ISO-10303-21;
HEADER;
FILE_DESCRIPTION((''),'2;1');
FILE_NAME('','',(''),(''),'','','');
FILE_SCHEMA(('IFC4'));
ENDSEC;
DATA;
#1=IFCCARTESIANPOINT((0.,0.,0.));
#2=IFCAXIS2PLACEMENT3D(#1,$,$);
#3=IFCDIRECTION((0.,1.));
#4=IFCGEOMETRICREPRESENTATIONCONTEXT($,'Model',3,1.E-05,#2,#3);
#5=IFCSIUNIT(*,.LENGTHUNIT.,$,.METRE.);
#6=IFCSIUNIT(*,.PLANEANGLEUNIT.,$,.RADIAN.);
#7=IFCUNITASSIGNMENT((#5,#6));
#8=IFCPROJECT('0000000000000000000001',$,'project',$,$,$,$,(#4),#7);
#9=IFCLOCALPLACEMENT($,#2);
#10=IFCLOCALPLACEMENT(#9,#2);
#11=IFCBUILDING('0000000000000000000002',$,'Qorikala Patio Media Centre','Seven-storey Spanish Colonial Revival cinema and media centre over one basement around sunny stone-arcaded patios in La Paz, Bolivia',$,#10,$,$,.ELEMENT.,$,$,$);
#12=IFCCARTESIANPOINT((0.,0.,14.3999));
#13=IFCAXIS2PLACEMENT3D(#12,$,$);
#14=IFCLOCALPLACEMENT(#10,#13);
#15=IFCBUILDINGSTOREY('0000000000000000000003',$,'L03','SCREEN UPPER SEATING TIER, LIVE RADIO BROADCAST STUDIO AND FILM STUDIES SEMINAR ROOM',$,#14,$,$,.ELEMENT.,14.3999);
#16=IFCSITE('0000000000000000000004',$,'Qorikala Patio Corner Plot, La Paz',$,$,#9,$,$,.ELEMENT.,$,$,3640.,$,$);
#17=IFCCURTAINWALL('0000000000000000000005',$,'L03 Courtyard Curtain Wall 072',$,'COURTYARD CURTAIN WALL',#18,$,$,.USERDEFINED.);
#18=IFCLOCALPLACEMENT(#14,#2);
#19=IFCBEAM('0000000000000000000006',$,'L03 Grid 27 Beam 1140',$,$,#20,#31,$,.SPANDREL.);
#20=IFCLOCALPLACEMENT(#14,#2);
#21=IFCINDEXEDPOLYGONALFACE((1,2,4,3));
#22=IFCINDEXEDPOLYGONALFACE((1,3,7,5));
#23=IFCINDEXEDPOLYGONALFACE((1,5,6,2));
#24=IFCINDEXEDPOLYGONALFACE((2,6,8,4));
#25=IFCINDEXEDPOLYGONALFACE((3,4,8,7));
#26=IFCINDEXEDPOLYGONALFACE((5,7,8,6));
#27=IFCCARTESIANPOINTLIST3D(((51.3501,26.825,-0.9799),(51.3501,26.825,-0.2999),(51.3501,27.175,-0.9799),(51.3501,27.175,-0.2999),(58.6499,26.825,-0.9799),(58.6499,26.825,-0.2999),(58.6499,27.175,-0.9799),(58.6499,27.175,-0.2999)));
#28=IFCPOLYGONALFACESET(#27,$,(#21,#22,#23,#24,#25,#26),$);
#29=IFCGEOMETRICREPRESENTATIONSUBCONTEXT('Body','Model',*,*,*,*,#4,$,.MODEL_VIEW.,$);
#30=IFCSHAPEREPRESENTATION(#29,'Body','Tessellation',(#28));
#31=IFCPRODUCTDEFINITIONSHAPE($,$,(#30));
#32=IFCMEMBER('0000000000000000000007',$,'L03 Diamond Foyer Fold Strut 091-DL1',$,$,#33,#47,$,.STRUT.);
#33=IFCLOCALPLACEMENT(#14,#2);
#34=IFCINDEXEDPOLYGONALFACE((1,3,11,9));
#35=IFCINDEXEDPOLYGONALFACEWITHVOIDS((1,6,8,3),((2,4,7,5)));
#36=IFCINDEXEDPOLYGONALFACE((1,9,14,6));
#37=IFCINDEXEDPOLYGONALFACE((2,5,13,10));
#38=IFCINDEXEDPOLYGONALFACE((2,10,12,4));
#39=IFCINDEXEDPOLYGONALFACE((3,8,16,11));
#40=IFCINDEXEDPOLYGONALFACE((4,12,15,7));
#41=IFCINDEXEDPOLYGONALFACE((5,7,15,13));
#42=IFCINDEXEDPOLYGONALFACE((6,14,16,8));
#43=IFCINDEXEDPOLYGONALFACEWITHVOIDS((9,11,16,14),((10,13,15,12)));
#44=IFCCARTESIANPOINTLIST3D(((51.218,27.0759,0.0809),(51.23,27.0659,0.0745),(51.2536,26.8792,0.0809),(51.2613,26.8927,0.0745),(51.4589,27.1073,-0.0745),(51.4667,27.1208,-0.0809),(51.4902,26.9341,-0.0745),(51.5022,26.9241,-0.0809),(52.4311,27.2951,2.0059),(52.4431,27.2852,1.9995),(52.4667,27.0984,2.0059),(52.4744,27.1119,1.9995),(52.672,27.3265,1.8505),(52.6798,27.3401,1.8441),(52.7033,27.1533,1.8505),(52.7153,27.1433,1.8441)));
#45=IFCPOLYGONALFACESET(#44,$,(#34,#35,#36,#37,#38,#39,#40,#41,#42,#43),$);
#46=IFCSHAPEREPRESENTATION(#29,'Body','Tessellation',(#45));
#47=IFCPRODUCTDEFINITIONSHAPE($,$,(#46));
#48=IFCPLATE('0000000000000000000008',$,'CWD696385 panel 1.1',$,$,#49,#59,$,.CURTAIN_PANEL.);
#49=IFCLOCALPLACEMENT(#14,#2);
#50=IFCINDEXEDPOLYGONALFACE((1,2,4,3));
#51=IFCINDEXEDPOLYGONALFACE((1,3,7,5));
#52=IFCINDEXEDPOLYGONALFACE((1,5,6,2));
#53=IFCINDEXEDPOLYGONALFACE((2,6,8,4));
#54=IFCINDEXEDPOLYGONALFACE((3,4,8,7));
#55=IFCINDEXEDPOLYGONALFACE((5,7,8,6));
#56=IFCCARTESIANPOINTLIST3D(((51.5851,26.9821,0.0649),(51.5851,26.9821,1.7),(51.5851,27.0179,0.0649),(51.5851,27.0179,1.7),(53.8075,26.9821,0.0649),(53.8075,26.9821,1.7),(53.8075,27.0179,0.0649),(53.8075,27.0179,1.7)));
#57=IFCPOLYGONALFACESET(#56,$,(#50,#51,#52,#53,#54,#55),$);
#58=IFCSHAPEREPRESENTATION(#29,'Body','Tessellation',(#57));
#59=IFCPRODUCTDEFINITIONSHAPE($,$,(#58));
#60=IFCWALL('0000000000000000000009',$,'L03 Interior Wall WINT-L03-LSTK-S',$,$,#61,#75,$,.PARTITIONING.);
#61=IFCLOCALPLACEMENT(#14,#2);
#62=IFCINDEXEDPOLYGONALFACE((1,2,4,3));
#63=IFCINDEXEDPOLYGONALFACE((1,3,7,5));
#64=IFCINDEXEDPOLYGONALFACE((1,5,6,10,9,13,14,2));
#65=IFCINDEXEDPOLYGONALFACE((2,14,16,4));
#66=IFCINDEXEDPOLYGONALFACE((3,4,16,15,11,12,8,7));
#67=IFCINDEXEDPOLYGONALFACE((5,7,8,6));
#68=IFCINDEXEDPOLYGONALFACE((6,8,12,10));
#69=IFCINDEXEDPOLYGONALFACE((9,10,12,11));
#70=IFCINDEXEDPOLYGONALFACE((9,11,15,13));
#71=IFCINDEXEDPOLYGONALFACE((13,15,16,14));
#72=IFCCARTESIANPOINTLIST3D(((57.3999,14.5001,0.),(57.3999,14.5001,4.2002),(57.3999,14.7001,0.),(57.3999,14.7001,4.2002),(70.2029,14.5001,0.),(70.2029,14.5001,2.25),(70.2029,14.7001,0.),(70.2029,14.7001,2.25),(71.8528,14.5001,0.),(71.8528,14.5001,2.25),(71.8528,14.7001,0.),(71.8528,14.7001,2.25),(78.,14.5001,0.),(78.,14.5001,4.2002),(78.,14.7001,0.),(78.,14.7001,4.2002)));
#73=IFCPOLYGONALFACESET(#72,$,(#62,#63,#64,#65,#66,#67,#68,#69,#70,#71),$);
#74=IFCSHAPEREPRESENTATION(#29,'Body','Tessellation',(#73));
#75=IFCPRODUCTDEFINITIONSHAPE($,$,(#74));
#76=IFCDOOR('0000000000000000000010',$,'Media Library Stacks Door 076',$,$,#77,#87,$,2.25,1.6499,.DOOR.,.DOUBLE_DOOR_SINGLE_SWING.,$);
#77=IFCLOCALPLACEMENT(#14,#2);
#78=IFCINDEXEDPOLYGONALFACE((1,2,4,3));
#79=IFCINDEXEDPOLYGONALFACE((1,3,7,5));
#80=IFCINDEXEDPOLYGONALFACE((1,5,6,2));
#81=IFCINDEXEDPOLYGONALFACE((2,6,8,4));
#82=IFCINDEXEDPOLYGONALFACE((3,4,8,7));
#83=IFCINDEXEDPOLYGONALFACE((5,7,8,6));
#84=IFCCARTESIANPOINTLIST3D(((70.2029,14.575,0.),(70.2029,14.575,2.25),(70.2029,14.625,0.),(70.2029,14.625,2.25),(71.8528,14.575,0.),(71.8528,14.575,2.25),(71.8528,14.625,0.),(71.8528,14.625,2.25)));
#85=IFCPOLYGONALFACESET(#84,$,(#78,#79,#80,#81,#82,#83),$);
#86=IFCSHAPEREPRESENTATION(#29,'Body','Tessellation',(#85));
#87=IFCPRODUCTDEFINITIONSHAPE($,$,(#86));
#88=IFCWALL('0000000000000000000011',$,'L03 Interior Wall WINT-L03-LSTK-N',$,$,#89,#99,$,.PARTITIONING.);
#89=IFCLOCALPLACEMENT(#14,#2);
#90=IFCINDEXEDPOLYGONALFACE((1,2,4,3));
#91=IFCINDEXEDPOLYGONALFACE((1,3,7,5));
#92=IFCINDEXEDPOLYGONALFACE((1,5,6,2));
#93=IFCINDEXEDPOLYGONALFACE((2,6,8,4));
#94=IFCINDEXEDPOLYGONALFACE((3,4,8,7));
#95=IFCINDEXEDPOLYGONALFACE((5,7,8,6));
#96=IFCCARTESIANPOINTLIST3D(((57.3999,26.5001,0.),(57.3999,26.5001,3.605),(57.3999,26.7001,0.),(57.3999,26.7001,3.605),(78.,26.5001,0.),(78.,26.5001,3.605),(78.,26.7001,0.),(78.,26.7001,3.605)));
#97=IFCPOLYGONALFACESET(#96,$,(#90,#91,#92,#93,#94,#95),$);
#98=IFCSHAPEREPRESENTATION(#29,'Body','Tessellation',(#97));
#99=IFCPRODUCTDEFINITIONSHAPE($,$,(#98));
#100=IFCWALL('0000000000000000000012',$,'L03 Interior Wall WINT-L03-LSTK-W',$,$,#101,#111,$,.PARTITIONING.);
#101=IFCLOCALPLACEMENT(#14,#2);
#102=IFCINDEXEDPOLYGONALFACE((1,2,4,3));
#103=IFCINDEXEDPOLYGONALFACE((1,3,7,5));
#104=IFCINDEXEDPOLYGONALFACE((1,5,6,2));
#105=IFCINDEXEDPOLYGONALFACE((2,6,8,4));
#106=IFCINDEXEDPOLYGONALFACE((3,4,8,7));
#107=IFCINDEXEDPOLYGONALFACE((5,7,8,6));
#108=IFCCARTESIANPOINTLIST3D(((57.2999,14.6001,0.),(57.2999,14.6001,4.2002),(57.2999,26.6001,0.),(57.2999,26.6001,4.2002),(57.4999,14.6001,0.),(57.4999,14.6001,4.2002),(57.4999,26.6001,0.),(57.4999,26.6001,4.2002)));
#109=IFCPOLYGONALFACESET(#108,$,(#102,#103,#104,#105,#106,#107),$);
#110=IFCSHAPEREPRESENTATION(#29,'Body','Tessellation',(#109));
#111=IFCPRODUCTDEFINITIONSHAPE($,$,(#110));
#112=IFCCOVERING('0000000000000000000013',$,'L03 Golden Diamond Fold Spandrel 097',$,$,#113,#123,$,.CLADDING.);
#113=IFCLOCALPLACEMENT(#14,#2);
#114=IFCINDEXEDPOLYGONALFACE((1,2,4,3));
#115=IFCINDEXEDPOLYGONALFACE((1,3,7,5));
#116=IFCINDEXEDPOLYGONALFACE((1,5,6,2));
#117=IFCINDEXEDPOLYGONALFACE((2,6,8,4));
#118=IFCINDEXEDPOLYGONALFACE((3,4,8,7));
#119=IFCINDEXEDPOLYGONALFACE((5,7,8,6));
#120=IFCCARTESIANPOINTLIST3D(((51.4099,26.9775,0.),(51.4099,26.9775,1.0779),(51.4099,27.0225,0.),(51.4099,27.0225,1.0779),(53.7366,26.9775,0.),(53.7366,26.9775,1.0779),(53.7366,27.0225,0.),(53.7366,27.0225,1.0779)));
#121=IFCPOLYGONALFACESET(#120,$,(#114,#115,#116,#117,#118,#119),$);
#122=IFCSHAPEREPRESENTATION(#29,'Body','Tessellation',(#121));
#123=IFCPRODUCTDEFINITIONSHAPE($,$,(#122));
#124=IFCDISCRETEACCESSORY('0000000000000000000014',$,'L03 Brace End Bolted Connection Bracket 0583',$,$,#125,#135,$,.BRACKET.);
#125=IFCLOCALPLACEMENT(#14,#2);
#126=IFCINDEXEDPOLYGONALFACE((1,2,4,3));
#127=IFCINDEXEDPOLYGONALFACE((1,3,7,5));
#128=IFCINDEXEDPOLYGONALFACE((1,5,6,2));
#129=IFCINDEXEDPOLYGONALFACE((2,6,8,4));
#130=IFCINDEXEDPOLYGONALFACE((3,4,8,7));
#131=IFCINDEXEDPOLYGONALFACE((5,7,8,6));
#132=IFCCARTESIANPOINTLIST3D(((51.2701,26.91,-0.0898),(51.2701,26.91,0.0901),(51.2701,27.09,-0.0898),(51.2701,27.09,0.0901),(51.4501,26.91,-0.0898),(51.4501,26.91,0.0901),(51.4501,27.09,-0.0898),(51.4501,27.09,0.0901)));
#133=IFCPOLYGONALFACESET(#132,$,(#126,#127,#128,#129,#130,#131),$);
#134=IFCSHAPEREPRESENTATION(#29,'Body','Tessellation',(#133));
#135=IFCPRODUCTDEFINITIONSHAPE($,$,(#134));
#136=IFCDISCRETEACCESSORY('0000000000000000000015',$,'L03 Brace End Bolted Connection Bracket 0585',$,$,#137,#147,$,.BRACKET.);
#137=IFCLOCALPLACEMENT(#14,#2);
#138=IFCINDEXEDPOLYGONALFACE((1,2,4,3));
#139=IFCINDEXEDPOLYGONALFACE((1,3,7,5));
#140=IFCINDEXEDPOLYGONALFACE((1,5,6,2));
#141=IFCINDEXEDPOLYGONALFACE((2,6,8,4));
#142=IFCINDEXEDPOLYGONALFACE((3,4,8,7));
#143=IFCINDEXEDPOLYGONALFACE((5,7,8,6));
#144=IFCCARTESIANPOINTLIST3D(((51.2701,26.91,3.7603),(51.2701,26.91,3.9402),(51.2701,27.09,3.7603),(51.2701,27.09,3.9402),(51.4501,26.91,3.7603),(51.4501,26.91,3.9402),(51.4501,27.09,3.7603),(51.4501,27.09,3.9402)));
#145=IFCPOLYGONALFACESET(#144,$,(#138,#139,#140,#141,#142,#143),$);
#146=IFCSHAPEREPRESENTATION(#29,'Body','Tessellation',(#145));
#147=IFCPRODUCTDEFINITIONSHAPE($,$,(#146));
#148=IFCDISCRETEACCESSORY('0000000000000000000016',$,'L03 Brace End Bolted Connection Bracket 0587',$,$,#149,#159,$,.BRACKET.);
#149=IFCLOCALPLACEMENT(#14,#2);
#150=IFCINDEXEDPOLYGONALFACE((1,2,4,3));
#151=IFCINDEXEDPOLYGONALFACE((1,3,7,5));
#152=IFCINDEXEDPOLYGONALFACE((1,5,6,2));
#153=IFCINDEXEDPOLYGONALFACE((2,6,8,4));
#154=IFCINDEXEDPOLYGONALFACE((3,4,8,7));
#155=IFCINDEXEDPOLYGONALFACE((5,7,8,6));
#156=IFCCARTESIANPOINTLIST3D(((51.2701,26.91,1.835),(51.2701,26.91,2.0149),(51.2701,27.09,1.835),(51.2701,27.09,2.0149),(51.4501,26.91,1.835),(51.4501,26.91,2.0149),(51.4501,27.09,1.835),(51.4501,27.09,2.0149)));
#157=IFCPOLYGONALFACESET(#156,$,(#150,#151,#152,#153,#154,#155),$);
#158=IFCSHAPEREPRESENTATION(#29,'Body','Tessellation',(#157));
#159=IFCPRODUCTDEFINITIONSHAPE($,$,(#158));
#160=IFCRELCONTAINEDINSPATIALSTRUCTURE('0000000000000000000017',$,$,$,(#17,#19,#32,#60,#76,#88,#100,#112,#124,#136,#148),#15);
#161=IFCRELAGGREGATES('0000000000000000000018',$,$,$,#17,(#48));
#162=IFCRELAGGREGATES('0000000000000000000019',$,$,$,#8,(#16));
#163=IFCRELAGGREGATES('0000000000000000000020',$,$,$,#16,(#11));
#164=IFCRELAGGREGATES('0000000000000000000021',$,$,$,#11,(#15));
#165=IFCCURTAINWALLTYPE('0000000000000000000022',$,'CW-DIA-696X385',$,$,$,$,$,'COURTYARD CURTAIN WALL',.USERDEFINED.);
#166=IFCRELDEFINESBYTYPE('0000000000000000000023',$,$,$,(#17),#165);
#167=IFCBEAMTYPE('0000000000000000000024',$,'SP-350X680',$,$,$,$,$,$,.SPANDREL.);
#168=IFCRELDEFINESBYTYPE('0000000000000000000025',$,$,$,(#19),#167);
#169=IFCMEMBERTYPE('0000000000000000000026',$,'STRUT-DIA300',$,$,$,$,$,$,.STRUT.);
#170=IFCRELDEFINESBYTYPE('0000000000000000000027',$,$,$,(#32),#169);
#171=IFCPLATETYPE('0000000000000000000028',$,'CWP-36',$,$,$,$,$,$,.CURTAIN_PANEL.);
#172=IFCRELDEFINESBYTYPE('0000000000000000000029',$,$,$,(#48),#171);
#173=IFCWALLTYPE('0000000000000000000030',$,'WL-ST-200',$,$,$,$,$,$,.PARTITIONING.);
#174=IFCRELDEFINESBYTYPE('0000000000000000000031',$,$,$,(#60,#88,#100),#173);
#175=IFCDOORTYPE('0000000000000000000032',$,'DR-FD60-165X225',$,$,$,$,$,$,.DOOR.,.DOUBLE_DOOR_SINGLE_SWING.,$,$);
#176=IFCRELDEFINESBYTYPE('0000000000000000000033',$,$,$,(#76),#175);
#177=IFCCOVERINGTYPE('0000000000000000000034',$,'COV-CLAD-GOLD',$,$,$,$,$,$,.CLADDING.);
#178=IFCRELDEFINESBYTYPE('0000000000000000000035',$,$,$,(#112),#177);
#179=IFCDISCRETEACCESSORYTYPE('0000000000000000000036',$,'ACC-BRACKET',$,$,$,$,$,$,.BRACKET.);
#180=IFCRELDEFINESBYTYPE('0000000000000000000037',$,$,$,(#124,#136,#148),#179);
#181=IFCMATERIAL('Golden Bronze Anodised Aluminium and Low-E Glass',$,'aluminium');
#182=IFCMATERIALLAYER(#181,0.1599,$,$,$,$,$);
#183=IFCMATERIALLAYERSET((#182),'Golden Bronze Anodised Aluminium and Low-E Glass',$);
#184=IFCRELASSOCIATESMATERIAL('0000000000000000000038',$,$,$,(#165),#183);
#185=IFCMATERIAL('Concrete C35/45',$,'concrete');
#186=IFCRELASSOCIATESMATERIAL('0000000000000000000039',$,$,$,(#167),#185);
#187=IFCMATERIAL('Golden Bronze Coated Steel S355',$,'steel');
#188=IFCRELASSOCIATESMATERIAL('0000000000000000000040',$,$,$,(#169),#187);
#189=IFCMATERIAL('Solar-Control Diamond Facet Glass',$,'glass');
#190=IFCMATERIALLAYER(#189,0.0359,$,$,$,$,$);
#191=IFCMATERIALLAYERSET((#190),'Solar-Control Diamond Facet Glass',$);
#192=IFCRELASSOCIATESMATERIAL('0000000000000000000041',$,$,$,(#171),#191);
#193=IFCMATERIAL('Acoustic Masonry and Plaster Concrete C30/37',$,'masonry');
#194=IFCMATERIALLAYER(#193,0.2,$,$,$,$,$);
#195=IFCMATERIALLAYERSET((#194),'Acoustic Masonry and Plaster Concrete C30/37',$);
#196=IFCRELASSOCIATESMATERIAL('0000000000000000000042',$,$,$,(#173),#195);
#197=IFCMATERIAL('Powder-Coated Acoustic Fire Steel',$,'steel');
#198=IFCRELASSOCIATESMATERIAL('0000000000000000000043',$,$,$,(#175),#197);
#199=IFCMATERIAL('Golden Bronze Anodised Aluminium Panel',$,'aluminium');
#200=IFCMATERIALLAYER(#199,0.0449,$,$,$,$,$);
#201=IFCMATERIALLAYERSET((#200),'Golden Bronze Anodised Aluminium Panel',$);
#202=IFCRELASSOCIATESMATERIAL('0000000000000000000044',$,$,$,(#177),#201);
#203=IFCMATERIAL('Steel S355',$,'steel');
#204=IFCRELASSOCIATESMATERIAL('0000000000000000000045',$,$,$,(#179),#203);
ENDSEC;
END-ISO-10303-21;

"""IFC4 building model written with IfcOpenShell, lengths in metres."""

from ifc_helpers import new_model, si_unit, direction, frame, frame_2d, origin, origin_2d, place, context, subcontext, project, spatial, rectangle, hollow_rectangle, extrude, material, layer, layer_set, material_profile, profile_set, type_object, element, fill, aggregate, save


model = new_model("IFC4")

# Units and contexts
model_context = context("Model", 3, precision=1e-05, world=origin(), true_north=direction((0.0, 1.0)))
body_context = subcontext(model_context, "Body", "Model", "MODEL_VIEW")
ifc_project = project(units=[si_unit("LENGTHUNIT", "METRE"), si_unit("PLANEANGLEUNIT", "RADIAN")], contexts=[model_context])

# Site, building, storey
site_placement = place(None, origin())
site = spatial("IfcSite", under=ifc_project, at=site_placement, Name="Qorikala Patio Corner Plot, La Paz", CompositionType="ELEMENT", RefElevation=3640.0)
building_placement = place(site_placement, origin())
building = spatial("IfcBuilding", under=site, at=building_placement, Name="Qorikala Patio Media Centre", Description="Seven-storey Spanish Colonial Revival cinema and media centre over one basement around sunny stone-arcaded patios in La Paz, Bolivia", CompositionType="ELEMENT")
storey_placement = place(building_placement, frame((0.0, 0.0, 14.3999)))
storey = spatial("IfcBuildingStorey", under=building, at=storey_placement, Name="L03", Description="SCREEN UPPER SEATING TIER, LIVE RADIO BROADCAST STUDIO AND FILM STUDIES SEMINAR ROOM", CompositionType="ELEMENT", Elevation=14.3999)

# Shared definitions
ifc_material_1 = material(Name="Concrete C35/45", Category="concrete")

# Shared definitions
ifc_material_2 = material(Name="Golden Bronze Coated Steel S355", Category="steel")

# Curtain wall
ifc_material_3 = material(Name="Golden Bronze Anodised Aluminium and Low-E Glass", Category="aluminium")
ifc_layer_1 = layer(ifc_material_3, 0.1599)
ifc_layer_set_1 = layer_set([ifc_layer_1], Name="Golden Bronze Anodised Aluminium and Low-E Glass")
curtain_wall_type = type_object("IfcCurtainWallType", Name="CW-DIA-696X385", ElementType="COURTYARD CURTAIN WALL", PredefinedType="USERDEFINED", material=ifc_layer_set_1)
curtain_wall_placement = place(storey_placement, origin())
curtain_wall = element("IfcCurtainWall", 1, at=curtain_wall_placement, inside=storey, type_object=curtain_wall_type, Name="L03 Courtyard Curtain Wall 072", ObjectType="COURTYARD CURTAIN WALL", PredefinedType="USERDEFINED")

# Beam
ifc_material_profile_1 = material_profile(ifc_material_1, rectangle(XDim=0.3501, YDim=0.6799, at=origin_2d()), Name="RC 350x680")
ifc_profile_set_1 = profile_set([ifc_material_profile_1], Name="Concrete C35/45")
beam_type_1 = type_object("IfcBeamType", Name="SP-350X680", PredefinedType="SPANDREL", material=ifc_profile_set_1)
beam_1_placement = place(storey_placement, frame((51.3501, 27.0, -0.6399), z_axis=(1.0, 0.0, 0.0), x_axis=(0.0, 1.0, 0.0)))
element("IfcBeam", 2, at=beam_1_placement, inside=storey, type_object=beam_type_1, Name="L03 Grid 27 Beam 1140", PredefinedType="SPANDREL", context=body_context, shape_type="SweptSolid", body=[
    extrude(rectangle(XDim=0.3501, YDim=0.6799, at=origin_2d()), origin(), (0.0, 0.0, 1.0), 7.2998),
])

# Member
ifc_material_profile_2 = material_profile(ifc_material_2, hollow_rectangle(XDim=0.2, YDim=0.3, WallThickness=0.012, at=origin_2d()), Name="HSS300X200X12")
ifc_profile_set_2 = profile_set([ifc_material_profile_2], Name="Golden Bronze Coated Steel S355")
member_type_1 = type_object("IfcMemberType", Name="STRUT-DIA300", PredefinedType="STRUT", material=ifc_profile_set_2)
member_1_placement = place(storey_placement, frame((51.3601, 27.0, 0.0), z_axis=(0.530691, 0.095907, 0.842121), x_axis=(-0.17784, 0.984059, 0.0)))
element("IfcMember", 3, at=member_1_placement, inside=storey, type_object=member_type_1, Name="L03 Diamond Foyer Fold Strut 091-DL1", PredefinedType="STRUT", context=body_context, shape_type="SweptSolid", body=[
    extrude(hollow_rectangle(XDim=0.2, YDim=0.3, WallThickness=0.012, at=origin_2d()), origin(), (0.0, 0.0, 1.0), 2.2859),
])

# Plate
ifc_material_4 = material(Name="Solar-Control Diamond Facet Glass", Category="glass")
ifc_layer_2 = layer(ifc_material_4, 0.0359)
ifc_layer_set_2 = layer_set([ifc_layer_2], Name="Solar-Control Diamond Facet Glass")
plate_type = type_object("IfcPlateType", Name="CWP-36", PredefinedType="CURTAIN_PANEL", material=ifc_layer_set_2)
plate_placement = place(storey_placement, frame((52.6963, 27.0, 0.0649), z_axis=(0.0, 0.0, 1.0), x_axis=(1.0, 0.0, 0.0)))
plate = element("IfcPlate", 4, at=plate_placement, type_object=plate_type, Name="CWD696385 panel 1.1", PredefinedType="CURTAIN_PANEL", context=body_context, shape_type="SweptSolid", body=[
    extrude(rectangle(XDim=2.2224, YDim=0.0359, at=origin_2d()), origin(), (0.0, 0.0, 1.0), 1.635),
])
aggregate(curtain_wall, [plate])

# Wall, opening, door
ifc_material_5 = material(Name="Acoustic Masonry and Plaster Concrete C30/37", Category="masonry")
ifc_layer_3 = layer(ifc_material_5, 0.2)
ifc_layer_set_3 = layer_set([ifc_layer_3], Name="Acoustic Masonry and Plaster Concrete C30/37")
wall_type = type_object("IfcWallType", Name="WL-ST-200", PredefinedType="PARTITIONING", material=ifc_layer_set_3)
wall_1_placement = place(storey_placement, frame((57.3999, 14.6001, 0.0), z_axis=(0.0, 0.0, 1.0), x_axis=(1.0, 0.0, 0.0)))
wall_1 = element("IfcWall", 5, at=wall_1_placement, inside=storey, type_object=wall_type, Name="L03 Interior Wall WINT-L03-LSTK-S", PredefinedType="PARTITIONING", context=body_context, shape_type="SweptSolid", body=[
    extrude(rectangle(XDim=20.6001, YDim=0.2, at=frame_2d((10.3, 0.0))), origin(), (0.0, 0.0, 1.0), 4.2002),
])
opening_placement = place(wall_1_placement, frame((12.803, 0.0, 0.0)))
opening = element("IfcOpeningElement", 6, at=opening_placement, cuts=wall_1, PredefinedType="OPENING", context=body_context, shape_type="SweptSolid", body=[
    extrude(rectangle(XDim=1.6499, YDim=2.25, at=frame_2d((0.825, 1.125))), frame((0.0, 0.1099, 0.0), z_axis=(0.0, -1.0, 0.0), x_axis=(1.0, 0.0, 0.0)), (0.0, 0.0, 1.0), 0.22),
])
ifc_material_6 = material(Name="Powder-Coated Acoustic Fire Steel", Category="steel")
door_type = type_object("IfcDoorType", Name="DR-FD60-165X225", OperationType="DOUBLE_DOOR_SINGLE_SWING", PredefinedType="DOOR", material=ifc_material_6)
door_placement = place(opening_placement, origin())
door = element("IfcDoor", 7, at=door_placement, inside=storey, type_object=door_type, Name="Media Library Stacks Door 076", OperationType="DOUBLE_DOOR_SINGLE_SWING", OverallHeight=2.25, OverallWidth=1.6499, PredefinedType="DOOR", context=body_context, shape_type="SweptSolid", body=[
    extrude(rectangle(XDim=1.6499, YDim=2.25, at=frame_2d((0.825, 1.125))), frame((0.0, 0.0249, 0.0), z_axis=(0.0, -1.0, 0.0), x_axis=(1.0, 0.0, 0.0)), (0.0, 0.0, 1.0), 0.05),
])
fill(opening, door)

# Walls
wall_2_placement = place(storey_placement, frame((57.3999, 26.6001, 0.0), z_axis=(0.0, 0.0, 1.0), x_axis=(1.0, 0.0, 0.0)))
element("IfcWall", 8, at=wall_2_placement, inside=storey, type_object=wall_type, Name="L03 Interior Wall WINT-L03-LSTK-N", PredefinedType="PARTITIONING", context=body_context, shape_type="SweptSolid", body=[
    extrude(rectangle(XDim=20.6001, YDim=0.2, at=frame_2d((10.3, 0.0))), origin(), (0.0, 0.0, 1.0), 3.605),
])
wall_3_placement = place(storey_placement, frame((57.3999, 14.6001, 0.0), z_axis=(0.0, 0.0, 1.0), x_axis=(0.0, 1.0, 0.0)))
element("IfcWall", 9, at=wall_3_placement, inside=storey, type_object=wall_type, Name="L03 Interior Wall WINT-L03-LSTK-W", PredefinedType="PARTITIONING", context=body_context, shape_type="SweptSolid", body=[
    extrude(rectangle(XDim=12.0, YDim=0.2, at=frame_2d((6.0, 0.0))), origin(), (0.0, 0.0, 1.0), 4.2002),
])

# Covering
ifc_material_7 = material(Name="Golden Bronze Anodised Aluminium Panel", Category="aluminium")
ifc_layer_4 = layer(ifc_material_7, 0.0449)
ifc_layer_set_4 = layer_set([ifc_layer_4], Name="Golden Bronze Anodised Aluminium Panel")
covering_type = type_object("IfcCoveringType", Name="COV-CLAD-GOLD", PredefinedType="CLADDING", material=ifc_layer_set_4)
covering_placement = place(storey_placement, frame((52.5732, 27.0, 0.0), z_axis=(0.0, 0.0, 1.0), x_axis=(1.0, 0.0, 0.0)))
element("IfcCovering", 10, at=covering_placement, inside=storey, type_object=covering_type, Name="L03 Golden Diamond Fold Spandrel 097", PredefinedType="CLADDING", context=body_context, shape_type="SweptSolid", body=[
    extrude(rectangle(XDim=2.3267, YDim=0.0449, at=origin_2d()), origin(), (0.0, 0.0, 1.0), 1.0779),
])

# Discrete accessories
ifc_material_8 = material(Name="Steel S355", Category="steel")
discrete_accessory_type = type_object("IfcDiscreteAccessoryType", Name="ACC-BRACKET", PredefinedType="BRACKET", material=ifc_material_8)
for number, where, z_axis, x_axis, name in (
    (11, (51.3601, 27.0, -0.0898), (0.0, 0.0, 1.0), (1.0, 0.0, 0.0), "L03 Brace End Bolted Connection Bracket 0583"),
    (12, (51.3601, 27.0, 3.7603), (0.0, 0.0, 1.0), (1.0, 0.0, 0.0), "L03 Brace End Bolted Connection Bracket 0585"),
    (13, (51.3601, 27.0, 1.835), (0.0, 0.0, 1.0), (1.0, 0.0, 0.0), "L03 Brace End Bolted Connection Bracket 0587"),
):
    element("IfcDiscreteAccessory", number, at=place(storey_placement, frame(where, z_axis=z_axis, x_axis=x_axis)), inside=storey, type_object=discrete_accessory_type, Name=name, PredefinedType="BRACKET", context=body_context, shape_type="SweptSolid", body=[
        extrude(rectangle(XDim=0.1799, YDim=0.1799, at=origin_2d()), origin(), (0.0, 0.0, 1.0), 0.1799),
    ])

save(model, "model.ifc")
